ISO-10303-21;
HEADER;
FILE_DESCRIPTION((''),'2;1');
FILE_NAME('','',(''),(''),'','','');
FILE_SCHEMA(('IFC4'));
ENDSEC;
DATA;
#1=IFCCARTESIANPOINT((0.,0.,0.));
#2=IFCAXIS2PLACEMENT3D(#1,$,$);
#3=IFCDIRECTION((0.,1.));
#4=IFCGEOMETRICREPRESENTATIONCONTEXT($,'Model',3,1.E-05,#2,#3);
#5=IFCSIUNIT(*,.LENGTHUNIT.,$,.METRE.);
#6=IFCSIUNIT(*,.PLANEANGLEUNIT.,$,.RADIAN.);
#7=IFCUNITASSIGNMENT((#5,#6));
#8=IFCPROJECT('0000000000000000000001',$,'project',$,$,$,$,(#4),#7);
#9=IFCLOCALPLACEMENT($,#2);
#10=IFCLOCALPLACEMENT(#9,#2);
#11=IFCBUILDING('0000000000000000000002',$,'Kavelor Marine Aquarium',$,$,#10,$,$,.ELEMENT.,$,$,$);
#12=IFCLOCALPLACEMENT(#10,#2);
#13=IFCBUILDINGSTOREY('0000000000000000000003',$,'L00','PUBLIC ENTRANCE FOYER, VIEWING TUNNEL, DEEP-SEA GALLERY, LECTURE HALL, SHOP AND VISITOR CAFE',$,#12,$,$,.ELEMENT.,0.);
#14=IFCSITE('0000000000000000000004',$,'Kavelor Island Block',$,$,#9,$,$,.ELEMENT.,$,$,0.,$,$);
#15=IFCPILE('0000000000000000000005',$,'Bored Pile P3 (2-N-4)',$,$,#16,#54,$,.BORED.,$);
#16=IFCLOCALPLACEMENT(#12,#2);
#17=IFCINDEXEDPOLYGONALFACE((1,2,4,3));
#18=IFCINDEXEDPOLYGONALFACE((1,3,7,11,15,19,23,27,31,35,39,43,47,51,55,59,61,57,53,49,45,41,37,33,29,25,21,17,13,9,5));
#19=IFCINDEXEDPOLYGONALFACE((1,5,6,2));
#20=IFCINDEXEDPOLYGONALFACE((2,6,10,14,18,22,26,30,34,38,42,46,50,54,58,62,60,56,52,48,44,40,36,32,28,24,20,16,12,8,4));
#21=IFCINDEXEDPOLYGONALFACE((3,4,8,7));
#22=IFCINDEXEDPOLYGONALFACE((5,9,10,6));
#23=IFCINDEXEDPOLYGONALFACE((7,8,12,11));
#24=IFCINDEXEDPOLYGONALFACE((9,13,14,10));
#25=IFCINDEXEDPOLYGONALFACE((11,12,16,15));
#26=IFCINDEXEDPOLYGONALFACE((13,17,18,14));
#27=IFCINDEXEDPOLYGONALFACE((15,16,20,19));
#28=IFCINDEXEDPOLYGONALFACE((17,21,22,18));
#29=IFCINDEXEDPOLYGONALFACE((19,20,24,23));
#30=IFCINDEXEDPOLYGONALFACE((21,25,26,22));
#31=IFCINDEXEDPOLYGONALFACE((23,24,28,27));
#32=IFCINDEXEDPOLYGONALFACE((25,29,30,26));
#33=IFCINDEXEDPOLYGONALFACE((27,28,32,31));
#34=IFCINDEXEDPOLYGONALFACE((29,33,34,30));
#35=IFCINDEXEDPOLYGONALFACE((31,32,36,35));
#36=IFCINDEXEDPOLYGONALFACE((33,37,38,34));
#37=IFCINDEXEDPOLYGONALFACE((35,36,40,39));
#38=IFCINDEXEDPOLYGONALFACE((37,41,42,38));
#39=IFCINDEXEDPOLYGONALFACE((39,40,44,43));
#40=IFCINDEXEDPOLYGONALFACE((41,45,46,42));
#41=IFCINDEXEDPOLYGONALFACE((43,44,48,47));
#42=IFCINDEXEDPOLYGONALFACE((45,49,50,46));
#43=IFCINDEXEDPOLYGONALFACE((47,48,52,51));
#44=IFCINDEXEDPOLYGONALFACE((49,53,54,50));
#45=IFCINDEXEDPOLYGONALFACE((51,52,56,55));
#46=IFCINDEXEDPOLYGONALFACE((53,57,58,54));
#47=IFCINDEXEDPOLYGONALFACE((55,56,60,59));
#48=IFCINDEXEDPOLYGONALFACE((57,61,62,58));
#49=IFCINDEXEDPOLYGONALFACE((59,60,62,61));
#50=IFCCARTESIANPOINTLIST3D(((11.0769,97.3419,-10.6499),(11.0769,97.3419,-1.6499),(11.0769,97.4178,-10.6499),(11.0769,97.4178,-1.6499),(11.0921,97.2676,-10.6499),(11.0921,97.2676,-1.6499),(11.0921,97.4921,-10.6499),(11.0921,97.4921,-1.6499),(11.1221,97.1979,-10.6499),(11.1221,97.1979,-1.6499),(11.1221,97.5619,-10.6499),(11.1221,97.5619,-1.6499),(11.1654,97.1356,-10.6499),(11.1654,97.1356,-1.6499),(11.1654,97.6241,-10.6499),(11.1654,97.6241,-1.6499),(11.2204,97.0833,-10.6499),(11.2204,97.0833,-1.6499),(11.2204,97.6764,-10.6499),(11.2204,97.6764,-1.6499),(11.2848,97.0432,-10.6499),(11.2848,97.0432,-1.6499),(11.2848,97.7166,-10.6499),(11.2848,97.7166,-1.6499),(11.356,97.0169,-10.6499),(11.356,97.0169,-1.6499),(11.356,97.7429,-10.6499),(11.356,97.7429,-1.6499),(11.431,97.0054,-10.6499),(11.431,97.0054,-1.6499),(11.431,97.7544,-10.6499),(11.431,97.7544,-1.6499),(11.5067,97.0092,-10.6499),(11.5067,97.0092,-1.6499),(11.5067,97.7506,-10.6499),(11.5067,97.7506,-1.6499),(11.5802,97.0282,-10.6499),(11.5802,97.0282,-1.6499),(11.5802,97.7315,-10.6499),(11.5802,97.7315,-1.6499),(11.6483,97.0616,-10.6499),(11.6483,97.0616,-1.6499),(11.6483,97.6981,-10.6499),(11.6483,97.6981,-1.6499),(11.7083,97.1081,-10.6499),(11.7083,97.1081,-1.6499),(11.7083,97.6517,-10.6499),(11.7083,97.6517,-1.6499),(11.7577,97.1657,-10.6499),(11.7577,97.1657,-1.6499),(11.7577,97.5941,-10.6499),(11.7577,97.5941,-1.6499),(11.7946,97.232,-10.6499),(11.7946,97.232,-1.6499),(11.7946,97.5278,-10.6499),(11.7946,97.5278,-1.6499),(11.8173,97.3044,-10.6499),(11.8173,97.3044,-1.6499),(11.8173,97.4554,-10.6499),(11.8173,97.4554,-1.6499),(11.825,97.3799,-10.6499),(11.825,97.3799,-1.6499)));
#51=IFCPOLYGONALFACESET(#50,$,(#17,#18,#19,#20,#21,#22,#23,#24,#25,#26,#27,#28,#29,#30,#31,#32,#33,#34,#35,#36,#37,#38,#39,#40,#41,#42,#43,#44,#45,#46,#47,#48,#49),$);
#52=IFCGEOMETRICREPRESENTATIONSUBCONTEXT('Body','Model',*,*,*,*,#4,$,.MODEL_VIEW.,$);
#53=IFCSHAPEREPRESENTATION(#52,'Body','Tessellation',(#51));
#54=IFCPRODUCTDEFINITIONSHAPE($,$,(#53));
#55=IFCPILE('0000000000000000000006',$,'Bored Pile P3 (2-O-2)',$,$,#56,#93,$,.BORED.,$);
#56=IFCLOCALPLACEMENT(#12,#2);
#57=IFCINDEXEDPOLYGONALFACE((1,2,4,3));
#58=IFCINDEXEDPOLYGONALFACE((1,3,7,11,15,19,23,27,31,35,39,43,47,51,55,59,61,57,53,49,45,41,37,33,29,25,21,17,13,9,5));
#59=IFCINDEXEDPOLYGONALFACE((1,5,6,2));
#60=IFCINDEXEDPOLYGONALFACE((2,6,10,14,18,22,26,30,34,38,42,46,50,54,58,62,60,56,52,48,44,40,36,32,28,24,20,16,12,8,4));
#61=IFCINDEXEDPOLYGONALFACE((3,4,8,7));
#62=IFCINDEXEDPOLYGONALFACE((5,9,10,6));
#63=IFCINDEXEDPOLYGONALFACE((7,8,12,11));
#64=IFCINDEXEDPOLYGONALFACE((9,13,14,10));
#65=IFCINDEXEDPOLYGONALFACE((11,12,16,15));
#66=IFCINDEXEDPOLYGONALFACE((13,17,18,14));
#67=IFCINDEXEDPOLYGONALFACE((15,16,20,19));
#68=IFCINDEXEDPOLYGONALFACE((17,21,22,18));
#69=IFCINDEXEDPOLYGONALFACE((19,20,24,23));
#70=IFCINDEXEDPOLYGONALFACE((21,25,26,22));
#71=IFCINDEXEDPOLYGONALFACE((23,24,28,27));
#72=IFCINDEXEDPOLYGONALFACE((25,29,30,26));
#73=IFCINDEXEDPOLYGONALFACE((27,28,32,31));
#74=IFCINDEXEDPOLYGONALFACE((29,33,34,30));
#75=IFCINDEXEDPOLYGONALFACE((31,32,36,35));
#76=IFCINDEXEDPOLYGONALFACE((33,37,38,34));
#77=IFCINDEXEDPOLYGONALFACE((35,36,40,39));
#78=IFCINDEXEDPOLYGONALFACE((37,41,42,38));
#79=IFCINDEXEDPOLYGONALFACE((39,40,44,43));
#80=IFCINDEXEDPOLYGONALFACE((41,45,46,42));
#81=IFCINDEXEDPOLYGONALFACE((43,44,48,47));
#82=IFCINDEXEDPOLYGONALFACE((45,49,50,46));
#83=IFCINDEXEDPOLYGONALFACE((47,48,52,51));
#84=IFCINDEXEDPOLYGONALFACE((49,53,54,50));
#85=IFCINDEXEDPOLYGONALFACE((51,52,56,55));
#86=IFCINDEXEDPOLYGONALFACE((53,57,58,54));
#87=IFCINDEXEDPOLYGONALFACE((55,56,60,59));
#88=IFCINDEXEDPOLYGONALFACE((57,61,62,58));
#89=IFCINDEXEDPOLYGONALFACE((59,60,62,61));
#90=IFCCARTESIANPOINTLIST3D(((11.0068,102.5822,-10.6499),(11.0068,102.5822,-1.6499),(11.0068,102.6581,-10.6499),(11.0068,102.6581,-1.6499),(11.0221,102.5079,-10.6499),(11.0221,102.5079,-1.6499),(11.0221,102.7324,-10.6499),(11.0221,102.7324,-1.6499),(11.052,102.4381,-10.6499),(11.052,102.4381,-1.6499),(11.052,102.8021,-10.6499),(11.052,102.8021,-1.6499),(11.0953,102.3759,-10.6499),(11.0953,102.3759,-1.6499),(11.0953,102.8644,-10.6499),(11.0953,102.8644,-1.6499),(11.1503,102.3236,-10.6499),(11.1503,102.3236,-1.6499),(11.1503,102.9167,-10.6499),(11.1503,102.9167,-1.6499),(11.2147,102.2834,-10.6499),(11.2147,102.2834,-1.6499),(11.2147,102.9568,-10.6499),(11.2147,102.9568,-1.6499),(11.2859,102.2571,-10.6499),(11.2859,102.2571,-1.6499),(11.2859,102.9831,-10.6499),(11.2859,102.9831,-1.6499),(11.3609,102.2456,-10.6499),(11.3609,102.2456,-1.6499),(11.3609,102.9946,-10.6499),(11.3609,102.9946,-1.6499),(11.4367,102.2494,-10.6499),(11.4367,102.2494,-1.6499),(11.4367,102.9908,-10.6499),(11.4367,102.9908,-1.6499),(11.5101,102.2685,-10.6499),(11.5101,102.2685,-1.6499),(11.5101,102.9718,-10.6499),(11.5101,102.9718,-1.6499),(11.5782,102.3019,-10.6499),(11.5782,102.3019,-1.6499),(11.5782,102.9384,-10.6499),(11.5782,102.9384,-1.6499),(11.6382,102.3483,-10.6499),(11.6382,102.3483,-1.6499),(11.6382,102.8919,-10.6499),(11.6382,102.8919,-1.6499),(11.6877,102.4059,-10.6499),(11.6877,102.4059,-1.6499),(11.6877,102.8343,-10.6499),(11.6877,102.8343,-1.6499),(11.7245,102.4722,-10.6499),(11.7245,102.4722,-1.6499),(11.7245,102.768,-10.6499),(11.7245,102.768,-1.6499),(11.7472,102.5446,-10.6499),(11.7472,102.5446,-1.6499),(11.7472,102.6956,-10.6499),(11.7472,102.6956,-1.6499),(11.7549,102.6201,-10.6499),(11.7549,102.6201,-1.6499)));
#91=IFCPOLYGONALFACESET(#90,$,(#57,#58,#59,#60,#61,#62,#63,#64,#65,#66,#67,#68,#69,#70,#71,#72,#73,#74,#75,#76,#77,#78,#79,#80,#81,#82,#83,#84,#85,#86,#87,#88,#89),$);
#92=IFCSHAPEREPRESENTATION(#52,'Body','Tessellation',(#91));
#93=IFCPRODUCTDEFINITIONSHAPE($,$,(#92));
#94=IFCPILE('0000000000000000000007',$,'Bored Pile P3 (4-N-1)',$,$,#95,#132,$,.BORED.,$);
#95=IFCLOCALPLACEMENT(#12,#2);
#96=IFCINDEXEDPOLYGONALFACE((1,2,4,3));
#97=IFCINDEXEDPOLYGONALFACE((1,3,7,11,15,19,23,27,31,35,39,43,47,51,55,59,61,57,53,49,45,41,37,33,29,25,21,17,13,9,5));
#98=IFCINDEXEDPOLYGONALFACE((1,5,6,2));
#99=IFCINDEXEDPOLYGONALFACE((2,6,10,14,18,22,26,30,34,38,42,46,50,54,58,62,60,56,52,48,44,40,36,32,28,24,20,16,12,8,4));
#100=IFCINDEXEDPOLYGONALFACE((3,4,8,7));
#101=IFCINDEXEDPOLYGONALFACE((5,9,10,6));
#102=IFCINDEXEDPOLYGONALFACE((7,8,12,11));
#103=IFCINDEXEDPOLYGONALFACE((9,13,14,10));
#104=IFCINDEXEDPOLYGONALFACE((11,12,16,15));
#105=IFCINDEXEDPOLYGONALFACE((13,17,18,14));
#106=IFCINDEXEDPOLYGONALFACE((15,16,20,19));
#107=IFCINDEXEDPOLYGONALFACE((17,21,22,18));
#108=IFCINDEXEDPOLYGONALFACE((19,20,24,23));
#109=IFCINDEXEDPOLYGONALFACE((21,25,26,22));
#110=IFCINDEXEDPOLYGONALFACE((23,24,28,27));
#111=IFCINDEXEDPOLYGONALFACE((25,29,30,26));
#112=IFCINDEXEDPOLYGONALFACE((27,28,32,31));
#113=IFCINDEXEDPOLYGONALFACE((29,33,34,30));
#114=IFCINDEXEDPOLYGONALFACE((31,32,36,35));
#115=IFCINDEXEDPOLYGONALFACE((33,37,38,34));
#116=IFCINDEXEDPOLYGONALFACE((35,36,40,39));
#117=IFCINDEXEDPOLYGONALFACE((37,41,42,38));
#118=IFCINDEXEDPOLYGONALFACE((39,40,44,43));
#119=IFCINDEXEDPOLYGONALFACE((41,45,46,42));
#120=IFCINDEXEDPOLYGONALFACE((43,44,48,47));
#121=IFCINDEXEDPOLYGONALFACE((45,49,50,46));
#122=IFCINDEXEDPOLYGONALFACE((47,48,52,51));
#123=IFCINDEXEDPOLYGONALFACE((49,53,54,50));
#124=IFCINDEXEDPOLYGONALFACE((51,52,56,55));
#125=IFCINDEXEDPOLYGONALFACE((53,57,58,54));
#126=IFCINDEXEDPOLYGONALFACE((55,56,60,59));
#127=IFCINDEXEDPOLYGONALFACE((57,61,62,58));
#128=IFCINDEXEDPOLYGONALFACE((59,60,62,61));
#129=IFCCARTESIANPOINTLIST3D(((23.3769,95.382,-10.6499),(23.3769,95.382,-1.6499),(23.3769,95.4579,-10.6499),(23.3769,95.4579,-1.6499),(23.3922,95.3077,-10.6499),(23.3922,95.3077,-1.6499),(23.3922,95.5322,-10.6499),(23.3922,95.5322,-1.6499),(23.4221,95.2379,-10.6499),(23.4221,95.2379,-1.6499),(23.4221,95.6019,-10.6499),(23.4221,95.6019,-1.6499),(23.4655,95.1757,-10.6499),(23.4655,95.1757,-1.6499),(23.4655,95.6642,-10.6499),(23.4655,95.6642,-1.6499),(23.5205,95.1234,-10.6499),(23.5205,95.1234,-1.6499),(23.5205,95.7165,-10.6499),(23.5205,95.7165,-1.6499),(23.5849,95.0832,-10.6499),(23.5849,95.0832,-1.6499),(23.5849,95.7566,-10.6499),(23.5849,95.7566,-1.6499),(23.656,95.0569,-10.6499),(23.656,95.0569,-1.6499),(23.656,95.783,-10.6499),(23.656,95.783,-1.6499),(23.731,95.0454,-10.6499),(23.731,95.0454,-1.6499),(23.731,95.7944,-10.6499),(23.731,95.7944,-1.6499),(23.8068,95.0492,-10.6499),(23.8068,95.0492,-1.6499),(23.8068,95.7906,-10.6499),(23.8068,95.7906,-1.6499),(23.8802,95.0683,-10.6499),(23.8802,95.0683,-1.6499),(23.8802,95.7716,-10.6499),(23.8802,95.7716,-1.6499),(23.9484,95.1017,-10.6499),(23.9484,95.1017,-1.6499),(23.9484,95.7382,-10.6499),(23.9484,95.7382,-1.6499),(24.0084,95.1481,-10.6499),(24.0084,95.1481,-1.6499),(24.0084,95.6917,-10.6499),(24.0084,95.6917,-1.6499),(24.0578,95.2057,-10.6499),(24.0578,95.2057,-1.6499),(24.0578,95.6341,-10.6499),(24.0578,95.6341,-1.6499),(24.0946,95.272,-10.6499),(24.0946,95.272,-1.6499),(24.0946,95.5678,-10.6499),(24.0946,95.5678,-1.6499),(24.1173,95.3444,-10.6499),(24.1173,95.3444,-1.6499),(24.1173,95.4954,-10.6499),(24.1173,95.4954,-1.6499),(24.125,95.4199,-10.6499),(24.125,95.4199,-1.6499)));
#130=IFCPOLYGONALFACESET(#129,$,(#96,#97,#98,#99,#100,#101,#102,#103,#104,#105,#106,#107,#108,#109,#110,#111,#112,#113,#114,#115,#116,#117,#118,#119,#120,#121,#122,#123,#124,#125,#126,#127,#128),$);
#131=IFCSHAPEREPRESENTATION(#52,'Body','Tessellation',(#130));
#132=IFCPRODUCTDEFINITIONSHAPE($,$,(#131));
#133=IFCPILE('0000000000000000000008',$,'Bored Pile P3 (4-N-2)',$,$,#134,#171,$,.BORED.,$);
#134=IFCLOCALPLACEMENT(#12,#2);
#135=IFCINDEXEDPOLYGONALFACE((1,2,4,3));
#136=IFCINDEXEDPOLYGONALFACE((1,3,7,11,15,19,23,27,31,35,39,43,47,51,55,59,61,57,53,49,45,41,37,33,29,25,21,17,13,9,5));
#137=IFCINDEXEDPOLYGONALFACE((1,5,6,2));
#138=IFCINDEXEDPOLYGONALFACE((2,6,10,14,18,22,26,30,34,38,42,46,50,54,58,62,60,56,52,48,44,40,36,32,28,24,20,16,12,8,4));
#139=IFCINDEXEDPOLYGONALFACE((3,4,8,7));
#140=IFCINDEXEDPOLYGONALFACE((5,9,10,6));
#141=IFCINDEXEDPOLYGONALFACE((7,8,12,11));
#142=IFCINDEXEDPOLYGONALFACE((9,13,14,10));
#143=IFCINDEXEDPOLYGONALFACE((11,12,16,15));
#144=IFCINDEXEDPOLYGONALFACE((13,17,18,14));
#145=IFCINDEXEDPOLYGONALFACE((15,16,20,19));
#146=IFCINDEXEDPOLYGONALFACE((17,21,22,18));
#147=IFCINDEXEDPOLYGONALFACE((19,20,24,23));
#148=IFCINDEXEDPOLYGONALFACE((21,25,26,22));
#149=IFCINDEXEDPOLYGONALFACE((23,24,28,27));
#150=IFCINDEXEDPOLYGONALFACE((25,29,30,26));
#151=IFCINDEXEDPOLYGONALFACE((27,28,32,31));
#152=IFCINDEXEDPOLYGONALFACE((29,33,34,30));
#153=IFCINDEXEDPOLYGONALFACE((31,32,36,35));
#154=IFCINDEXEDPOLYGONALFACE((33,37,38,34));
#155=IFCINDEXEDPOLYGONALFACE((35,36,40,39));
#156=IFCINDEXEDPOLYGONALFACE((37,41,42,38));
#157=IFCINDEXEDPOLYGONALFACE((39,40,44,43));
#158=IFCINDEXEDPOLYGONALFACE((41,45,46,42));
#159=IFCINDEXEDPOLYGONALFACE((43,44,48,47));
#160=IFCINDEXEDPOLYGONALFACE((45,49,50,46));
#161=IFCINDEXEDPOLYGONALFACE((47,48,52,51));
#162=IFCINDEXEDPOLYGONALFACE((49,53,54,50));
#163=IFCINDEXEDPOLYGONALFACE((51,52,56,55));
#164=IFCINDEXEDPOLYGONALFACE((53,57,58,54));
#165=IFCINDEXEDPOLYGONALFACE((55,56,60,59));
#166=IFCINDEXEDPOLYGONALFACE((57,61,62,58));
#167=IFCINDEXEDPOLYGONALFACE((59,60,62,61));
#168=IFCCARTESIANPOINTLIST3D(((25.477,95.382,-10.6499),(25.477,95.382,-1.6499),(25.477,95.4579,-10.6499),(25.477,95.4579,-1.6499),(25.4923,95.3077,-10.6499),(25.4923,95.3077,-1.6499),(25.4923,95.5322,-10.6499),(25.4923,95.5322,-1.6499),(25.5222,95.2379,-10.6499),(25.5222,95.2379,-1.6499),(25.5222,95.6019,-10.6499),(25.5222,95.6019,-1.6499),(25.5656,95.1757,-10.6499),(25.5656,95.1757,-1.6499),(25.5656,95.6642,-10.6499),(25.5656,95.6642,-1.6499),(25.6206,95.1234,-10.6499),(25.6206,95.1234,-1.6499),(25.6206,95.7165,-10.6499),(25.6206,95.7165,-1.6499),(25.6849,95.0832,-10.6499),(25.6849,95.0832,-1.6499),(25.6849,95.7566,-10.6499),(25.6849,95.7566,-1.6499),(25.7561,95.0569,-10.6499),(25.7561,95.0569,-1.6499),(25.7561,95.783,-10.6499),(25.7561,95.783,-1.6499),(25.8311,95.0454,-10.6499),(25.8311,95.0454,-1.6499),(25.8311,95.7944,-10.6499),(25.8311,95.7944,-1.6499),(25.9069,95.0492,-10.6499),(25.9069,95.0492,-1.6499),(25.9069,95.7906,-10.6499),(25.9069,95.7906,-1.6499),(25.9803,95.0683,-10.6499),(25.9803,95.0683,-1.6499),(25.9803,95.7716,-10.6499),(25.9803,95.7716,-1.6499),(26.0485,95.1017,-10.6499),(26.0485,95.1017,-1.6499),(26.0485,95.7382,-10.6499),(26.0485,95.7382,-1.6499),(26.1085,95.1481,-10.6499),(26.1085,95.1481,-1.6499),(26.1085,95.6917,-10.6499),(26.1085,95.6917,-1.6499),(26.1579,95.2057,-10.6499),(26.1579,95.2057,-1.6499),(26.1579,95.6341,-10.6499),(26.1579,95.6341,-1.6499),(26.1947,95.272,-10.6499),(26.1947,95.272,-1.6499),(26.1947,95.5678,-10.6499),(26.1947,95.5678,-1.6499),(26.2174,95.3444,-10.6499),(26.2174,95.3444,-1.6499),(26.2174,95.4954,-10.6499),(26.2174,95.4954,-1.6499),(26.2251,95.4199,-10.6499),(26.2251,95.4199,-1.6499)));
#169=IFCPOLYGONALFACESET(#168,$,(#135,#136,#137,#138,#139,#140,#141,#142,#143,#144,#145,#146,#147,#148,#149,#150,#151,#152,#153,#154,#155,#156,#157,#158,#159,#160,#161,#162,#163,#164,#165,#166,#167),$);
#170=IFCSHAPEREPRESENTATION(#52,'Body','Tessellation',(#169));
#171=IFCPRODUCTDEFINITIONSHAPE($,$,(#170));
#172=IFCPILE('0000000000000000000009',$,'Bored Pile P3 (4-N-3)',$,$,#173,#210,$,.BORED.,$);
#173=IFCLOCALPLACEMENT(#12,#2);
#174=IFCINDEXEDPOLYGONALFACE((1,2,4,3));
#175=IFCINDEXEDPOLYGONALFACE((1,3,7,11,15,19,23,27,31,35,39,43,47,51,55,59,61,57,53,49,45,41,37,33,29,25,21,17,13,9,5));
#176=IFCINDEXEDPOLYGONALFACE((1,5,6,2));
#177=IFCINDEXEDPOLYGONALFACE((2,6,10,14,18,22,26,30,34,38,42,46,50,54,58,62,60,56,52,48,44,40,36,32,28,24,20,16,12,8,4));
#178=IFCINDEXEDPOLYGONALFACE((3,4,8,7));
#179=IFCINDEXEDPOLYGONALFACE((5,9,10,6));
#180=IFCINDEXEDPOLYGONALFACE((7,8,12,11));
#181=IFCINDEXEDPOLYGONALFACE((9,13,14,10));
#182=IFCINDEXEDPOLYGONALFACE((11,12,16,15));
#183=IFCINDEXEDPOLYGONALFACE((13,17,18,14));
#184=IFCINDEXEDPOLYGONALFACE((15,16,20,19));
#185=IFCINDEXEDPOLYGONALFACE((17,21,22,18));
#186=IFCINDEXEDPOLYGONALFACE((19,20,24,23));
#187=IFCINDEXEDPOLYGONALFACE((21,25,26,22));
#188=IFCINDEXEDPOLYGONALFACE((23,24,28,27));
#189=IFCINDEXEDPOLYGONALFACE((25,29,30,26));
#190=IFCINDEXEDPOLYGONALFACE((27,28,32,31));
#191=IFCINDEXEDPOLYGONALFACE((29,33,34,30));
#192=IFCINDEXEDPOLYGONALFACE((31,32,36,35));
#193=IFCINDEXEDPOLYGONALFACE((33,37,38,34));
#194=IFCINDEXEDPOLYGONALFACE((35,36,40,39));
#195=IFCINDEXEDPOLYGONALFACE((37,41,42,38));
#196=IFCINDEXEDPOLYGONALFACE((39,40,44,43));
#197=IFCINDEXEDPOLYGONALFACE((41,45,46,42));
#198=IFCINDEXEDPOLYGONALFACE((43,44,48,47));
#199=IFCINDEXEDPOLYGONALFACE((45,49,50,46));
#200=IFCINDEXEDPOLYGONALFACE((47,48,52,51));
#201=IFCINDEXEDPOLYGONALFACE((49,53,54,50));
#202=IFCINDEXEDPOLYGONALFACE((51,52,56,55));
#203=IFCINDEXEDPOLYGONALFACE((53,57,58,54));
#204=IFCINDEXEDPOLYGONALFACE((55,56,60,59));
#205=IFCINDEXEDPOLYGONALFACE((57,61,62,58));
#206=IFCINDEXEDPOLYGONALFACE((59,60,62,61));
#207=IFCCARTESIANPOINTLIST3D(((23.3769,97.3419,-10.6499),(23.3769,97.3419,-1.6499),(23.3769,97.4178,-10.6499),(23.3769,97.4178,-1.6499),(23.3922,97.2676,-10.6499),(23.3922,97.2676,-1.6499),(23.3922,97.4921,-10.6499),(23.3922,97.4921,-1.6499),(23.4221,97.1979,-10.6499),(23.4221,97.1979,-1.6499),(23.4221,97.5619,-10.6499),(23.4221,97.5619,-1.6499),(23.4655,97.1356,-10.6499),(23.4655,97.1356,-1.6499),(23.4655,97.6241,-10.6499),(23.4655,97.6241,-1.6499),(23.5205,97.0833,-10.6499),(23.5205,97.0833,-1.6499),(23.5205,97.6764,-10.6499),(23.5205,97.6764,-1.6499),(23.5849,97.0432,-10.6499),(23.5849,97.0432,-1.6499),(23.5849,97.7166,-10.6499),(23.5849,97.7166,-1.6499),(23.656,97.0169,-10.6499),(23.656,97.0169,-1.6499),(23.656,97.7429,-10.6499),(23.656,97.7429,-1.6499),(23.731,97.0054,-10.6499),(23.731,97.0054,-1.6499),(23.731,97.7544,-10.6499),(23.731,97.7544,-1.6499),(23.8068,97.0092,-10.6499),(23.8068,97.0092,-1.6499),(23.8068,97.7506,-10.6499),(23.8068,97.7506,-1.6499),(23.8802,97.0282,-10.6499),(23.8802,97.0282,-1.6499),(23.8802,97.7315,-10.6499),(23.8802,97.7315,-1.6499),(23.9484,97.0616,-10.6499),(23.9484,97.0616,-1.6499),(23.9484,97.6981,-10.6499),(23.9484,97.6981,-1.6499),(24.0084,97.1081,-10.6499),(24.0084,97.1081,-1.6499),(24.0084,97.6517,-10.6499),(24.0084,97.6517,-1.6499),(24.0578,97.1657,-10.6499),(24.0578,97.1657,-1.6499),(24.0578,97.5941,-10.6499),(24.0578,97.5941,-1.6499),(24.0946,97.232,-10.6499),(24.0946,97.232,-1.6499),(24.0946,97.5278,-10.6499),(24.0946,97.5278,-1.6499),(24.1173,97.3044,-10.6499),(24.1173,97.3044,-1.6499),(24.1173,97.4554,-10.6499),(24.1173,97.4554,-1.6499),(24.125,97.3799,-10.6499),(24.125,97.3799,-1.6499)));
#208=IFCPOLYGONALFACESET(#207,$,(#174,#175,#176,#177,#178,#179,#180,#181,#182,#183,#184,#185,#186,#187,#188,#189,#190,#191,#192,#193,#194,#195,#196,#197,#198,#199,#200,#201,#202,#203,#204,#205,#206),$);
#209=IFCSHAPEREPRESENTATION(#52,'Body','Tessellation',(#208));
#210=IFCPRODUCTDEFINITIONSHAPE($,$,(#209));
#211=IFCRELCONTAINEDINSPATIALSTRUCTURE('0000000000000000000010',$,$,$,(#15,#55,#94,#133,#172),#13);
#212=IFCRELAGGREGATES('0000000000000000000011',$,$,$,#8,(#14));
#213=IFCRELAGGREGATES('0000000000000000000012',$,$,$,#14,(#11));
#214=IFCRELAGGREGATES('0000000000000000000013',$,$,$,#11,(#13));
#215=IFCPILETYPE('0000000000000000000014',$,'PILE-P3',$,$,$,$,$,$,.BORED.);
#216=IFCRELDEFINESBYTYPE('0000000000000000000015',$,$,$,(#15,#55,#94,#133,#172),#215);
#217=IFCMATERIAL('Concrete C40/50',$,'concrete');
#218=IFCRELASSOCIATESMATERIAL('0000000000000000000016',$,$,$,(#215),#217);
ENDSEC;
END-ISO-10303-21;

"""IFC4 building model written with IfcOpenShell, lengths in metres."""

from ifc_helpers import new_model, si_unit, direction, frame, origin, origin_2d, place, context, subcontext, project, spatial, circle, extrude, material, material_profile, profile_set, type_object, element, save


model = new_model("IFC4")

# Units and contexts
model_context = context("Model", 3, precision=1e-05, world=origin(), true_north=direction((0.0, 1.0)))
body_context = subcontext(model_context, "Body", "Model", "MODEL_VIEW")
ifc_project = project(units=[si_unit("LENGTHUNIT", "METRE"), si_unit("PLANEANGLEUNIT", "RADIAN")], contexts=[model_context])

# Site, building, storey
site_placement = place(None, origin())
site = spatial("IfcSite", under=ifc_project, at=site_placement, Name="Kavelor Island Block", CompositionType="ELEMENT", RefElevation=0.0)
building_placement = place(site_placement, origin())
building = spatial("IfcBuilding", under=site, at=building_placement, Name="Kavelor Marine Aquarium", CompositionType="ELEMENT")
storey_placement = place(building_placement, origin())
storey = spatial("IfcBuildingStorey", under=building, at=storey_placement, Name="L00", Description="PUBLIC ENTRANCE FOYER, VIEWING TUNNEL, DEEP-SEA GALLERY, LECTURE HALL, SHOP AND VISITOR CAFE", CompositionType="ELEMENT", Elevation=0.0)

# Piles
ifc_material_1 = material(Name="Concrete C40/50", Category="concrete")
ifc_material_profile_1 = material_profile(ifc_material_1, circle(Radius=0.375, at=origin_2d()), Name="PILE D750")
ifc_profile_set_1 = profile_set([ifc_material_profile_1], Name="Concrete C40/50")
pile_type_1 = type_object("IfcPileType", Name="PILE-P3", PredefinedType="BORED", material=ifc_profile_set_1)
for number, where, z_axis, x_axis, name in (
    (1, (11.45, 97.3799, -1.6499), (0.0, 0.0, -1.0), (1.0, 0.0, 0.0), "Bored Pile P3 (2-N-4)"),
    (2, (11.3799, 102.6201, -1.6499), (0.0, 0.0, -1.0), (1.0, 0.0, 0.0), "Bored Pile P3 (2-O-2)"),
    (3, (23.75, 95.4199, -1.6499), (0.0, 0.0, -1.0), (1.0, 0.0, 0.0), "Bored Pile P3 (4-N-1)"),
    (4, (25.8501, 95.4199, -1.6499), (0.0, 0.0, -1.0), (1.0, 0.0, 0.0), "Bored Pile P3 (4-N-2)"),
    (5, (23.75, 97.3799, -1.6499), (0.0, 0.0, -1.0), (1.0, 0.0, 0.0), "Bored Pile P3 (4-N-3)"),
):
    element("IfcPile", number, at=place(storey_placement, frame(where, z_axis=z_axis, x_axis=x_axis)), inside=storey, type_object=pile_type_1, Name=name, PredefinedType="BORED", context=body_context, shape_type="SweptSolid", body=[
        extrude(circle(Radius=0.375, at=origin_2d()), origin(), (0.0, 0.0, 1.0), 9.0),
    ])

save(model, "model.ifc")
